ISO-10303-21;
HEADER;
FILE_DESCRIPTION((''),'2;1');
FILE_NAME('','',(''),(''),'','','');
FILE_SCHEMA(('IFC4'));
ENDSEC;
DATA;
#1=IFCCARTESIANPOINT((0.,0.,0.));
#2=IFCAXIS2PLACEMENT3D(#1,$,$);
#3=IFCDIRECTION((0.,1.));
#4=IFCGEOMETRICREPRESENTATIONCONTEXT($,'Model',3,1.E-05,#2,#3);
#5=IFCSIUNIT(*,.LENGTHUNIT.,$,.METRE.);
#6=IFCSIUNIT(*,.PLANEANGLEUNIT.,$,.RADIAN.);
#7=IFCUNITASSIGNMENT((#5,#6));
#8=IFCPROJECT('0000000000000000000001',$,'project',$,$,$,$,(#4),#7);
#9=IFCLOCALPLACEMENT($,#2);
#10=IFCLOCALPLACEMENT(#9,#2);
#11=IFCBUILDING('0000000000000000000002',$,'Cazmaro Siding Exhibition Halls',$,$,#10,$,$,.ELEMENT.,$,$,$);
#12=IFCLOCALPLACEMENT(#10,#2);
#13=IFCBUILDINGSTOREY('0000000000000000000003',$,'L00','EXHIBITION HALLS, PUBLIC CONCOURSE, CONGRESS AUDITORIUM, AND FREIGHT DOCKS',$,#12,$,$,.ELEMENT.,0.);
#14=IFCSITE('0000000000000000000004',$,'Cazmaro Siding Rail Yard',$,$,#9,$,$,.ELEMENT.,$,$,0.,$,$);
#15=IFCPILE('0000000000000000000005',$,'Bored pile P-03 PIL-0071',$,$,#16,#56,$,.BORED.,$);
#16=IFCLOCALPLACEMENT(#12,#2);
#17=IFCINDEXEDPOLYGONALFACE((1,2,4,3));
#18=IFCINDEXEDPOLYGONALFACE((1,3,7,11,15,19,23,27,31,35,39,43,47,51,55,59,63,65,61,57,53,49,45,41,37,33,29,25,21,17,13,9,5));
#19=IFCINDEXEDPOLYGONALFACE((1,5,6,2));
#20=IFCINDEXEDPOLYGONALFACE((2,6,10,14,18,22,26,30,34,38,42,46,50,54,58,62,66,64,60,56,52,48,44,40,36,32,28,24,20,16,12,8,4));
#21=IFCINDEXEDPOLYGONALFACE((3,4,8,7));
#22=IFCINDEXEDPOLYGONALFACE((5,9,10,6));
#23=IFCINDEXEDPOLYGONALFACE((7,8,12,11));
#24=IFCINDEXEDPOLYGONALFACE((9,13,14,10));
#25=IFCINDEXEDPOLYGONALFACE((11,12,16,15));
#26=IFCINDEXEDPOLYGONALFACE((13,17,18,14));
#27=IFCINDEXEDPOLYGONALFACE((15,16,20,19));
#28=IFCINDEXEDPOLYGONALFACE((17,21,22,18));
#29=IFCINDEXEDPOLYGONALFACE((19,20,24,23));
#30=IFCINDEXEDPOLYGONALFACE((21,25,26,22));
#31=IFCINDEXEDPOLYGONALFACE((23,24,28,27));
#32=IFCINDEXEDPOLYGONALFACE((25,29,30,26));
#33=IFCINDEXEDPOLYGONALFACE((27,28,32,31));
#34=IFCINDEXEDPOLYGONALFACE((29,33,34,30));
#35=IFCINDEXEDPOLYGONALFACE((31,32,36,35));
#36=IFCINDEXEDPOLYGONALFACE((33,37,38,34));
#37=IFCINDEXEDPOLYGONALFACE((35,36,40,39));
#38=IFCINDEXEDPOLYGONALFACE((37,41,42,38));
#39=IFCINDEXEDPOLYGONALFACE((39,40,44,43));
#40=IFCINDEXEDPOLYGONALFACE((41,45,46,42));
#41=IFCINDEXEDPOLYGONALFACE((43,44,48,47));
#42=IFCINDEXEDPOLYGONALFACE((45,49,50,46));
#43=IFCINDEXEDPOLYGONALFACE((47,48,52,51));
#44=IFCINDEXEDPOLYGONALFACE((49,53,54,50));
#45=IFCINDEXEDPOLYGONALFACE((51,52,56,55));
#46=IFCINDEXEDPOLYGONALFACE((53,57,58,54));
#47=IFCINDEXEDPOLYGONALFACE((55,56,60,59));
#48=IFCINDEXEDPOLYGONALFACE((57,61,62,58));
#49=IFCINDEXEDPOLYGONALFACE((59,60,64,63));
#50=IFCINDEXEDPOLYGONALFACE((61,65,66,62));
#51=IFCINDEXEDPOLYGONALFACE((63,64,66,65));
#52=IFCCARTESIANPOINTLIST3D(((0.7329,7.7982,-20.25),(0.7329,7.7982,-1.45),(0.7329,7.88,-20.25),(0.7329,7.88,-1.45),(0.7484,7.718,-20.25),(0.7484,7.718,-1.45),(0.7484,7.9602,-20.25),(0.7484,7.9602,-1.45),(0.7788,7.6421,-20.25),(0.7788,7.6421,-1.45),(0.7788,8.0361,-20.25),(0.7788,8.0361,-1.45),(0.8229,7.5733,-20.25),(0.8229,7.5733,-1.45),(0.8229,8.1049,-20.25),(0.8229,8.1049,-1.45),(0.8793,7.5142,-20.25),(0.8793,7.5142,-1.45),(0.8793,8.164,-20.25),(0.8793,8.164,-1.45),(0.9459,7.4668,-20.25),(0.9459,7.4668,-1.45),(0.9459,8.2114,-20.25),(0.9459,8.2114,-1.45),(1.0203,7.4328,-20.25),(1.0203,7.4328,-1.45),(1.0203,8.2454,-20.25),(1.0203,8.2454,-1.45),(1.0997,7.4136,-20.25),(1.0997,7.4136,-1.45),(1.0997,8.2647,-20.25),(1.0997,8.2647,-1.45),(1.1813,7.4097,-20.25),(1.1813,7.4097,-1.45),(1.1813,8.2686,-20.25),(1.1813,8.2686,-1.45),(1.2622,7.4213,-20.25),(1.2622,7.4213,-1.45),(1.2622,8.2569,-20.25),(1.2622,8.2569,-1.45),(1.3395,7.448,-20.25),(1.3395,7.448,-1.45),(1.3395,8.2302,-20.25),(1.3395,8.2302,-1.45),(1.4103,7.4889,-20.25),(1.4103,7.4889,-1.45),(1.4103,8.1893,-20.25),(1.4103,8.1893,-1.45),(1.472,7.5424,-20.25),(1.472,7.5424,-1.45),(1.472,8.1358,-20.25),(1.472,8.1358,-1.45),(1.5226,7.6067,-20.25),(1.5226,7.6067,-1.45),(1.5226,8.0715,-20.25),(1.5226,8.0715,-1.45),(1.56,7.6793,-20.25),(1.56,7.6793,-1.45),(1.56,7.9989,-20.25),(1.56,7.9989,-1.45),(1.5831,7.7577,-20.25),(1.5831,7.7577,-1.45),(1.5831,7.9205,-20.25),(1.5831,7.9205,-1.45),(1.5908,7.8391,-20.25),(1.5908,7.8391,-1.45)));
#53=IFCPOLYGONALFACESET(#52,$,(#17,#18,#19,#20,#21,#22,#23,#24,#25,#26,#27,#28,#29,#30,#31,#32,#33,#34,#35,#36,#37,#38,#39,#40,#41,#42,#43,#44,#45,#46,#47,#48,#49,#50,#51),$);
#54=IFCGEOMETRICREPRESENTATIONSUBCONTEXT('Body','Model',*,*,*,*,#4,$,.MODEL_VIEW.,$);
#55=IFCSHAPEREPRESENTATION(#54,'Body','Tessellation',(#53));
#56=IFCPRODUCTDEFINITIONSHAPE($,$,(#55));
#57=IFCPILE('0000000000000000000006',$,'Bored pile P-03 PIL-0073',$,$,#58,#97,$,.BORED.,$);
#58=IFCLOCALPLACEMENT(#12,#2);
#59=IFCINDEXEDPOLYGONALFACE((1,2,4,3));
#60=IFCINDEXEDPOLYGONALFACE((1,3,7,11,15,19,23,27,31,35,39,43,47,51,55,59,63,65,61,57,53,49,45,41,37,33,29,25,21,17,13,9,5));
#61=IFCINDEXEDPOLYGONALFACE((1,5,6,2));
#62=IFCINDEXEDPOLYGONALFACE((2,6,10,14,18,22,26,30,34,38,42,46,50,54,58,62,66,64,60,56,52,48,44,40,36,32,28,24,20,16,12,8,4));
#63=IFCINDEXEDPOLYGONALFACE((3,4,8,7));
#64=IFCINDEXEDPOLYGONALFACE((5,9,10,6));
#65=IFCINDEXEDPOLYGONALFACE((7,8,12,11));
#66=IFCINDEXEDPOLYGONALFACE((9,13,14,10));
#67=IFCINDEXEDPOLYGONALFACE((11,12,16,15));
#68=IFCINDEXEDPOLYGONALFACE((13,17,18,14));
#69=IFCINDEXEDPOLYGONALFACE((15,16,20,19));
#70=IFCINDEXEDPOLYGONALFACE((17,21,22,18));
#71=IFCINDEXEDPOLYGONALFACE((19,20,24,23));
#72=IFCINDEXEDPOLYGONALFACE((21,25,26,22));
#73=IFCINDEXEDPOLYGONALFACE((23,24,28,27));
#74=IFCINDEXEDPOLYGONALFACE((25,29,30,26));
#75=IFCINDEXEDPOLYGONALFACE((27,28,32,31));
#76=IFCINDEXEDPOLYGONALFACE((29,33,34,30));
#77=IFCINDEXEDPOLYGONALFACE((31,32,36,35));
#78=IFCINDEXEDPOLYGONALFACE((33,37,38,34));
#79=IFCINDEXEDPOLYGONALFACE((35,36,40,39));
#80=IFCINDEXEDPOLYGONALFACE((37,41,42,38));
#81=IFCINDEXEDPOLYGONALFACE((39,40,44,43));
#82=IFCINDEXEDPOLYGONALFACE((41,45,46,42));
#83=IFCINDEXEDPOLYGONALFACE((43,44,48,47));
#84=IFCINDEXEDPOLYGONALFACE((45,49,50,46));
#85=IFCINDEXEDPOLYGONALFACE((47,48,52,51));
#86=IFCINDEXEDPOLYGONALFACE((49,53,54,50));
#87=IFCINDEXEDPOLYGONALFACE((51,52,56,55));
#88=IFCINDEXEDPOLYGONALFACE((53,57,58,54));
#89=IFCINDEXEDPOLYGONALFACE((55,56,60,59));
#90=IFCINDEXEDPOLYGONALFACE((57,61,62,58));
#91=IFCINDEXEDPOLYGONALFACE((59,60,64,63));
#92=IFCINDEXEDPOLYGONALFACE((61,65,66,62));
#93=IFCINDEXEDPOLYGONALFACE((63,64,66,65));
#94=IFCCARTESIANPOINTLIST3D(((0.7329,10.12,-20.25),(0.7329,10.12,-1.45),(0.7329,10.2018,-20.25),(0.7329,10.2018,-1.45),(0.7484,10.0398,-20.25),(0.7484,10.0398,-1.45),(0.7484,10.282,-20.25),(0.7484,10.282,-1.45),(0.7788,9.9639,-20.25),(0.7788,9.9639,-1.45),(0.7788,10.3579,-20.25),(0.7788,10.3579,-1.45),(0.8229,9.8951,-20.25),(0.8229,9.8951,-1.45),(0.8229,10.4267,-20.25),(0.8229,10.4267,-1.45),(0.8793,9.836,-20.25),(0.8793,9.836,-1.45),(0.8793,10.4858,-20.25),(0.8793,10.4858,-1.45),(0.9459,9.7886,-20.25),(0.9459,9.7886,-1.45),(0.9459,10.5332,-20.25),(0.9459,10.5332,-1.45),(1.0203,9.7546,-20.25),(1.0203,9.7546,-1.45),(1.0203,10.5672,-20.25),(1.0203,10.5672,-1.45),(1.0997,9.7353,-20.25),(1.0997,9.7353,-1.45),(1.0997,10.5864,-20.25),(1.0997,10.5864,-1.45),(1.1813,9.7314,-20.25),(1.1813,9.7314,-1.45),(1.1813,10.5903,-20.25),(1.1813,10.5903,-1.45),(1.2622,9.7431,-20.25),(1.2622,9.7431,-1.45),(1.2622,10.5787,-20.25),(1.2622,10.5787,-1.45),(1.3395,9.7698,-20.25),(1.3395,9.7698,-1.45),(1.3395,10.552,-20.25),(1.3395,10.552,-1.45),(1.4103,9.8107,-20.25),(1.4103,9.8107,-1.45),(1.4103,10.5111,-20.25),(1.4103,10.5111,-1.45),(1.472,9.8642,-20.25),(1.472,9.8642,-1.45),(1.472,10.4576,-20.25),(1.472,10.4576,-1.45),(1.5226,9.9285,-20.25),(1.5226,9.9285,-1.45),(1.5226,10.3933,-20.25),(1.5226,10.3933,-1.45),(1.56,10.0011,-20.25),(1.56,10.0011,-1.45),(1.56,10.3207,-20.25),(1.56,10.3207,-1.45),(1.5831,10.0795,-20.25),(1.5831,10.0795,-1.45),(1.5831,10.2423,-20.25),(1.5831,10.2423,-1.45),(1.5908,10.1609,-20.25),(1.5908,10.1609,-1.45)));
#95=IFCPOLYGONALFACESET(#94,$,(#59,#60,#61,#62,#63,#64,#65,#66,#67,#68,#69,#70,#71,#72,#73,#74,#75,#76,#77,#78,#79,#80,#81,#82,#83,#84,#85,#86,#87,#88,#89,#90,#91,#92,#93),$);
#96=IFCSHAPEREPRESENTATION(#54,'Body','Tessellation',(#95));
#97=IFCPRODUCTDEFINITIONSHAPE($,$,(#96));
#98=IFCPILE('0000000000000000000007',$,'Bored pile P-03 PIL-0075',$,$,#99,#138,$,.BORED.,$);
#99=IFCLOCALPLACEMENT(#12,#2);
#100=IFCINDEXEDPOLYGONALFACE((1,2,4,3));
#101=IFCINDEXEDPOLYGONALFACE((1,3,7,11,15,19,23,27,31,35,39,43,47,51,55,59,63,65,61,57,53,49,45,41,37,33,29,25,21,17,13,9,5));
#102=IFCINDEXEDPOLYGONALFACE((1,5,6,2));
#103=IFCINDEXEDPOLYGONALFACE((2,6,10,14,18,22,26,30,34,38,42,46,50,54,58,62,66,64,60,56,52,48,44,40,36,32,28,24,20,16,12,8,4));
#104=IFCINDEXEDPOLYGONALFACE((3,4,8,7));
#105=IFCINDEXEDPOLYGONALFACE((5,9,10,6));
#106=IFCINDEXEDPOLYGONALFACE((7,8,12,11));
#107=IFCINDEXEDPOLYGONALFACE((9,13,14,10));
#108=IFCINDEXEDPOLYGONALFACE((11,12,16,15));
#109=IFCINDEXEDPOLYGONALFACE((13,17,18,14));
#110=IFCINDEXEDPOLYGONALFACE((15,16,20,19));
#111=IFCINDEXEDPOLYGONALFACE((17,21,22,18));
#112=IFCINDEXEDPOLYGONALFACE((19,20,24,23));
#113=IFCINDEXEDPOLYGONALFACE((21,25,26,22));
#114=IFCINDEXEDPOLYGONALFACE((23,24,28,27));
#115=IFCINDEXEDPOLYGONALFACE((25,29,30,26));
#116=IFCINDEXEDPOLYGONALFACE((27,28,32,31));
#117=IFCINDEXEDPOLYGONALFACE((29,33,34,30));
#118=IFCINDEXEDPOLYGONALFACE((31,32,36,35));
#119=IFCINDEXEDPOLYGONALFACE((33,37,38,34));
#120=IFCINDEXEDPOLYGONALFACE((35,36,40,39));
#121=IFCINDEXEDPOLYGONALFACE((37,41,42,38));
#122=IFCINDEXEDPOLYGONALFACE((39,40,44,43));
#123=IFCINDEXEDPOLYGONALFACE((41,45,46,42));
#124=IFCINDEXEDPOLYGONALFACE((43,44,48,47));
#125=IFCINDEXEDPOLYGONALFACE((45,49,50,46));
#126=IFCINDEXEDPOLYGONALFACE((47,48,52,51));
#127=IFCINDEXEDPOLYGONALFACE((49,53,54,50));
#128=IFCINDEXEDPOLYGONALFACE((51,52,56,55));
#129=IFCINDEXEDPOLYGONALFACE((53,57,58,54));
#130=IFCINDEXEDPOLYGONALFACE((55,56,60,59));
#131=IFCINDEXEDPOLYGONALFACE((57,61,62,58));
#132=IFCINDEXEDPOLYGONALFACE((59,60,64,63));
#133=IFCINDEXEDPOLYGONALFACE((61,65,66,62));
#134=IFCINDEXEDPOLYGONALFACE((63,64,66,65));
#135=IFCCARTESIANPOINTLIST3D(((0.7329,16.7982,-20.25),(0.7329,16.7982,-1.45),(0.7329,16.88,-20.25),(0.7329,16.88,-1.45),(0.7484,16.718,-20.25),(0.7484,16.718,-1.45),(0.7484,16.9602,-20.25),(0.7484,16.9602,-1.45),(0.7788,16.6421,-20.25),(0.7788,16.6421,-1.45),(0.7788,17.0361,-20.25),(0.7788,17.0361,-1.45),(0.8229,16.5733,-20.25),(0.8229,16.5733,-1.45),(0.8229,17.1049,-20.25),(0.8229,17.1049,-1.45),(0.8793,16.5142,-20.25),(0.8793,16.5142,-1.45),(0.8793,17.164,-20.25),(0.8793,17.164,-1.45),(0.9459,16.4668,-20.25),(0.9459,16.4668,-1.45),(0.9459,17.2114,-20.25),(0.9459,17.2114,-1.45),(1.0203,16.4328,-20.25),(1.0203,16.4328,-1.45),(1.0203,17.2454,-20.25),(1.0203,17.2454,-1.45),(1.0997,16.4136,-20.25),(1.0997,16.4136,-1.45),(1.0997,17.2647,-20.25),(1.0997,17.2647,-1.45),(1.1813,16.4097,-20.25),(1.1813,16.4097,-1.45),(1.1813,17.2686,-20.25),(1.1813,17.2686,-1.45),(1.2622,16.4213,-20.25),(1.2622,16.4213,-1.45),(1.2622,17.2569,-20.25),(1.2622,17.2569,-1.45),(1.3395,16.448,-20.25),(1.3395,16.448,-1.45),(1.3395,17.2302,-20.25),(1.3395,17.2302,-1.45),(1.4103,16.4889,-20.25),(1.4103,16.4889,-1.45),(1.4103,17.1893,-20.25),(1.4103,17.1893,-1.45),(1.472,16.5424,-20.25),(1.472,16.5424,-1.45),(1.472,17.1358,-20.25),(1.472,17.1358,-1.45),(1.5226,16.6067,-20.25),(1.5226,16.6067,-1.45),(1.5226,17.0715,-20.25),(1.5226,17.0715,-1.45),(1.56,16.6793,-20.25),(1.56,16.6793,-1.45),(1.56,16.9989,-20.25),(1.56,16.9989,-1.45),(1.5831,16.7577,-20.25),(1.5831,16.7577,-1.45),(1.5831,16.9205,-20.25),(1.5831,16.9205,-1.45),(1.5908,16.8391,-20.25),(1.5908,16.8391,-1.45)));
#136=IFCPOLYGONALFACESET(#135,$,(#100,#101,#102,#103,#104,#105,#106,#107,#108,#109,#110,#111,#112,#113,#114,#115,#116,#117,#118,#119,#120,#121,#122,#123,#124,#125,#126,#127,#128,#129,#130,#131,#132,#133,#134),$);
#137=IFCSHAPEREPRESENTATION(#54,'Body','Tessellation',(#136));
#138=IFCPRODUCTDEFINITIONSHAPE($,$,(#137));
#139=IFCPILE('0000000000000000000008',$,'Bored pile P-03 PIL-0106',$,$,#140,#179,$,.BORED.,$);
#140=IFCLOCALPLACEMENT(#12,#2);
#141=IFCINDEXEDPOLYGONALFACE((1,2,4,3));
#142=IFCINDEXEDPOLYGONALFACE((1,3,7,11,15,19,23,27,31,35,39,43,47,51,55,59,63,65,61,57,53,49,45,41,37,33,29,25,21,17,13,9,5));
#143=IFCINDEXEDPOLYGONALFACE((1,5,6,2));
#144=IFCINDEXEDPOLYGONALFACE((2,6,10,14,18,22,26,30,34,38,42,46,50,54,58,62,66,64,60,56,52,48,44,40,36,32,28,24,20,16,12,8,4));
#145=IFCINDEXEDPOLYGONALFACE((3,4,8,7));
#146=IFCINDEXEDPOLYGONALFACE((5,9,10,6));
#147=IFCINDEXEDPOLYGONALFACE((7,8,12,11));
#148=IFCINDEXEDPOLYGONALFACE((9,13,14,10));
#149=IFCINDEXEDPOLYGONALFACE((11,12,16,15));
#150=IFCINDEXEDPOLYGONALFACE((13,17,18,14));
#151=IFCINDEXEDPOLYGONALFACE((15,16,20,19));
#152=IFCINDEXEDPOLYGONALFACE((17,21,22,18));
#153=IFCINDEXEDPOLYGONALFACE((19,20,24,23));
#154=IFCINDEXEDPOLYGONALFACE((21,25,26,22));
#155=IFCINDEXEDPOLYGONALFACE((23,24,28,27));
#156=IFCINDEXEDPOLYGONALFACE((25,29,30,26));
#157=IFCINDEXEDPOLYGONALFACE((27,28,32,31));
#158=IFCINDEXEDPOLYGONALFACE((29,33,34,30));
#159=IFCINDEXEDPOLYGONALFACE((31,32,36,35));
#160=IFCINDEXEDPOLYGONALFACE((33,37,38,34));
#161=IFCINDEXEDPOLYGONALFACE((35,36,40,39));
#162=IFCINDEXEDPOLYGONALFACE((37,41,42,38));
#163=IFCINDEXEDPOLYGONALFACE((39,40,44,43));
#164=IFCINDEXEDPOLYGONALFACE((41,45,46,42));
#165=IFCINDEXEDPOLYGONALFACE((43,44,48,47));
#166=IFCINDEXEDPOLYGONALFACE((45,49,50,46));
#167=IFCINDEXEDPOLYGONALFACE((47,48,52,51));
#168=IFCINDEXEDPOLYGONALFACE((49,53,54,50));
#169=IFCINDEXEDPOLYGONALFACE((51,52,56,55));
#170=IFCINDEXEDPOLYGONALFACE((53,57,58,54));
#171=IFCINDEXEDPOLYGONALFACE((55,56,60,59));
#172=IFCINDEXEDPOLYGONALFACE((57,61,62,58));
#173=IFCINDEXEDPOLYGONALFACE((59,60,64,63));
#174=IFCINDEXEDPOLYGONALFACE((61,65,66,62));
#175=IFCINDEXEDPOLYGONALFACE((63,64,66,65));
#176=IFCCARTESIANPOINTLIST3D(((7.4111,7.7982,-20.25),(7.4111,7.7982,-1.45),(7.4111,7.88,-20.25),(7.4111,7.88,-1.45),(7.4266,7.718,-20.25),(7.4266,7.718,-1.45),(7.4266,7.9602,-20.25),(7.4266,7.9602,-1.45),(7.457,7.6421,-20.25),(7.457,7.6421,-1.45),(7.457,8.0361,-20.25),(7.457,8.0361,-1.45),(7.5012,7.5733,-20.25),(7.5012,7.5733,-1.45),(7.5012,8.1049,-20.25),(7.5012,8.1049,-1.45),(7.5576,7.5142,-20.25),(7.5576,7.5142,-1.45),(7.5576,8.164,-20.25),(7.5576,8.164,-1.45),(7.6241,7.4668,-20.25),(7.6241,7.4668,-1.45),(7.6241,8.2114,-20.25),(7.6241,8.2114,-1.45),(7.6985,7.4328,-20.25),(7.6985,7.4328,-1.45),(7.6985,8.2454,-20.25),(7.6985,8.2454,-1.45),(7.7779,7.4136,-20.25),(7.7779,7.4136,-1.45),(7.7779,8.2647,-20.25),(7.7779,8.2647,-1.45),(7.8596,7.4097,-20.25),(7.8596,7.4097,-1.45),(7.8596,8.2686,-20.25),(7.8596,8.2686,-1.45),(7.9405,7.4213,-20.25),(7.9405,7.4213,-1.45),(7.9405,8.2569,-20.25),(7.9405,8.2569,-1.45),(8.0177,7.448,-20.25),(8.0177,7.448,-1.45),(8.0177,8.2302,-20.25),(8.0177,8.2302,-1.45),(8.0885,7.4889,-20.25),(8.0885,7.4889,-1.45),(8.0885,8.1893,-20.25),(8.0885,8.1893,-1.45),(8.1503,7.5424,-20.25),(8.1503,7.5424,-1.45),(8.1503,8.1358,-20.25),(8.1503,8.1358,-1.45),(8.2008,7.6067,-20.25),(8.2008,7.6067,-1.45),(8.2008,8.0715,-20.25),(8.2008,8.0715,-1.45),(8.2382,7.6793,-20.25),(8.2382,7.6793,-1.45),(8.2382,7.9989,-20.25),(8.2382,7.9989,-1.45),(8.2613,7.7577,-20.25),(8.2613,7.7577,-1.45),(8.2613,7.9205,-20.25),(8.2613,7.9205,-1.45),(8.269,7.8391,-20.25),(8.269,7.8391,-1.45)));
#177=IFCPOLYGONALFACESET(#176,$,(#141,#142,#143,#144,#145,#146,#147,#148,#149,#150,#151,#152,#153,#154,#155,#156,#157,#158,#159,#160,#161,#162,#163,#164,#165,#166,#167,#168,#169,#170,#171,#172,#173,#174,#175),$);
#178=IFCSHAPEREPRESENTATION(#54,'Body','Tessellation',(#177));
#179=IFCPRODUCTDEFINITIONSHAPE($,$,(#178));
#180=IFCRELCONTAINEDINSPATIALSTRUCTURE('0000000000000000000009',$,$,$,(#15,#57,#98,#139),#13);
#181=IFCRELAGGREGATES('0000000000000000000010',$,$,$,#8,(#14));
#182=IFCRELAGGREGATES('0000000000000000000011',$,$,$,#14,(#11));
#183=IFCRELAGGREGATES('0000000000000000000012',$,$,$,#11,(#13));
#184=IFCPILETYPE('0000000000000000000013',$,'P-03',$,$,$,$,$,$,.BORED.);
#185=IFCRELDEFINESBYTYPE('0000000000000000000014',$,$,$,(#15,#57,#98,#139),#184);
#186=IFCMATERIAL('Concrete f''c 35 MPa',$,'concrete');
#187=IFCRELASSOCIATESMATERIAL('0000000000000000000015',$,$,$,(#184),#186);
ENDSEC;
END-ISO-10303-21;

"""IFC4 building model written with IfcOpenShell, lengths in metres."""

from ifc_helpers import new_model, si_unit, direction, frame, origin, origin_2d, place, context, subcontext, project, spatial, circle, extrude, material, material_profile, profile_set, type_object, element, save


model = new_model("IFC4")

# Units and contexts
model_context = context("Model", 3, precision=1e-05, world=origin(), true_north=direction((0.0, 1.0)))
body_context = subcontext(model_context, "Body", "Model", "MODEL_VIEW")
ifc_project = project(units=[si_unit("LENGTHUNIT", "METRE"), si_unit("PLANEANGLEUNIT", "RADIAN")], contexts=[model_context])

# Site, building, storey
site_placement = place(None, origin())
site = spatial("IfcSite", under=ifc_project, at=site_placement, Name="Cazmaro Siding Rail Yard", CompositionType="ELEMENT", RefElevation=0.0)
building_placement = place(site_placement, origin())
building = spatial("IfcBuilding", under=site, at=building_placement, Name="Cazmaro Siding Exhibition Halls", CompositionType="ELEMENT")
storey_placement = place(building_placement, origin())
storey = spatial("IfcBuildingStorey", under=building, at=storey_placement, Name="L00", Description="EXHIBITION HALLS, PUBLIC CONCOURSE, CONGRESS AUDITORIUM, AND FREIGHT DOCKS", CompositionType="ELEMENT", Elevation=0.0)

# Piles
ifc_material_1 = material(Name="Concrete f'c 35 MPa", Category="concrete")
ifc_material_profile_1 = material_profile(ifc_material_1, circle(Radius=0.4299, at=origin_2d()), Name="CIDH-860")
ifc_profile_set_1 = profile_set([ifc_material_profile_1], Name="Concrete f'c 35 MPa")
pile_type = type_object("IfcPileType", Name="P-03", PredefinedType="BORED", material=ifc_profile_set_1)
for number, where, z_axis, x_axis, name in (
    (1, (1.1609, 7.8391, -1.45), (0.0, 0.0, -1.0), (1.0, 0.0, 0.0), "Bored pile P-03 PIL-0071"),
    (2, (1.1609, 10.1609, -1.45), (0.0, 0.0, -1.0), (1.0, 0.0, 0.0), "Bored pile P-03 PIL-0073"),
    (3, (1.1609, 16.8391, -1.45), (0.0, 0.0, -1.0), (1.0, 0.0, 0.0), "Bored pile P-03 PIL-0075"),
    (4, (7.8391, 7.8391, -1.45), (0.0, 0.0, -1.0), (1.0, 0.0, 0.0), "Bored pile P-03 PIL-0106"),
):
    element("IfcPile", number, at=place(storey_placement, frame(where, z_axis=z_axis, x_axis=x_axis)), inside=storey, type_object=pile_type, Name=name, PredefinedType="BORED", context=body_context, shape_type="SweptSolid", body=[
        extrude(circle(Radius=0.4299, at=origin_2d()), origin(), (0.0, 0.0, 1.0), 18.8),
    ])

save(model, "model.ifc")
